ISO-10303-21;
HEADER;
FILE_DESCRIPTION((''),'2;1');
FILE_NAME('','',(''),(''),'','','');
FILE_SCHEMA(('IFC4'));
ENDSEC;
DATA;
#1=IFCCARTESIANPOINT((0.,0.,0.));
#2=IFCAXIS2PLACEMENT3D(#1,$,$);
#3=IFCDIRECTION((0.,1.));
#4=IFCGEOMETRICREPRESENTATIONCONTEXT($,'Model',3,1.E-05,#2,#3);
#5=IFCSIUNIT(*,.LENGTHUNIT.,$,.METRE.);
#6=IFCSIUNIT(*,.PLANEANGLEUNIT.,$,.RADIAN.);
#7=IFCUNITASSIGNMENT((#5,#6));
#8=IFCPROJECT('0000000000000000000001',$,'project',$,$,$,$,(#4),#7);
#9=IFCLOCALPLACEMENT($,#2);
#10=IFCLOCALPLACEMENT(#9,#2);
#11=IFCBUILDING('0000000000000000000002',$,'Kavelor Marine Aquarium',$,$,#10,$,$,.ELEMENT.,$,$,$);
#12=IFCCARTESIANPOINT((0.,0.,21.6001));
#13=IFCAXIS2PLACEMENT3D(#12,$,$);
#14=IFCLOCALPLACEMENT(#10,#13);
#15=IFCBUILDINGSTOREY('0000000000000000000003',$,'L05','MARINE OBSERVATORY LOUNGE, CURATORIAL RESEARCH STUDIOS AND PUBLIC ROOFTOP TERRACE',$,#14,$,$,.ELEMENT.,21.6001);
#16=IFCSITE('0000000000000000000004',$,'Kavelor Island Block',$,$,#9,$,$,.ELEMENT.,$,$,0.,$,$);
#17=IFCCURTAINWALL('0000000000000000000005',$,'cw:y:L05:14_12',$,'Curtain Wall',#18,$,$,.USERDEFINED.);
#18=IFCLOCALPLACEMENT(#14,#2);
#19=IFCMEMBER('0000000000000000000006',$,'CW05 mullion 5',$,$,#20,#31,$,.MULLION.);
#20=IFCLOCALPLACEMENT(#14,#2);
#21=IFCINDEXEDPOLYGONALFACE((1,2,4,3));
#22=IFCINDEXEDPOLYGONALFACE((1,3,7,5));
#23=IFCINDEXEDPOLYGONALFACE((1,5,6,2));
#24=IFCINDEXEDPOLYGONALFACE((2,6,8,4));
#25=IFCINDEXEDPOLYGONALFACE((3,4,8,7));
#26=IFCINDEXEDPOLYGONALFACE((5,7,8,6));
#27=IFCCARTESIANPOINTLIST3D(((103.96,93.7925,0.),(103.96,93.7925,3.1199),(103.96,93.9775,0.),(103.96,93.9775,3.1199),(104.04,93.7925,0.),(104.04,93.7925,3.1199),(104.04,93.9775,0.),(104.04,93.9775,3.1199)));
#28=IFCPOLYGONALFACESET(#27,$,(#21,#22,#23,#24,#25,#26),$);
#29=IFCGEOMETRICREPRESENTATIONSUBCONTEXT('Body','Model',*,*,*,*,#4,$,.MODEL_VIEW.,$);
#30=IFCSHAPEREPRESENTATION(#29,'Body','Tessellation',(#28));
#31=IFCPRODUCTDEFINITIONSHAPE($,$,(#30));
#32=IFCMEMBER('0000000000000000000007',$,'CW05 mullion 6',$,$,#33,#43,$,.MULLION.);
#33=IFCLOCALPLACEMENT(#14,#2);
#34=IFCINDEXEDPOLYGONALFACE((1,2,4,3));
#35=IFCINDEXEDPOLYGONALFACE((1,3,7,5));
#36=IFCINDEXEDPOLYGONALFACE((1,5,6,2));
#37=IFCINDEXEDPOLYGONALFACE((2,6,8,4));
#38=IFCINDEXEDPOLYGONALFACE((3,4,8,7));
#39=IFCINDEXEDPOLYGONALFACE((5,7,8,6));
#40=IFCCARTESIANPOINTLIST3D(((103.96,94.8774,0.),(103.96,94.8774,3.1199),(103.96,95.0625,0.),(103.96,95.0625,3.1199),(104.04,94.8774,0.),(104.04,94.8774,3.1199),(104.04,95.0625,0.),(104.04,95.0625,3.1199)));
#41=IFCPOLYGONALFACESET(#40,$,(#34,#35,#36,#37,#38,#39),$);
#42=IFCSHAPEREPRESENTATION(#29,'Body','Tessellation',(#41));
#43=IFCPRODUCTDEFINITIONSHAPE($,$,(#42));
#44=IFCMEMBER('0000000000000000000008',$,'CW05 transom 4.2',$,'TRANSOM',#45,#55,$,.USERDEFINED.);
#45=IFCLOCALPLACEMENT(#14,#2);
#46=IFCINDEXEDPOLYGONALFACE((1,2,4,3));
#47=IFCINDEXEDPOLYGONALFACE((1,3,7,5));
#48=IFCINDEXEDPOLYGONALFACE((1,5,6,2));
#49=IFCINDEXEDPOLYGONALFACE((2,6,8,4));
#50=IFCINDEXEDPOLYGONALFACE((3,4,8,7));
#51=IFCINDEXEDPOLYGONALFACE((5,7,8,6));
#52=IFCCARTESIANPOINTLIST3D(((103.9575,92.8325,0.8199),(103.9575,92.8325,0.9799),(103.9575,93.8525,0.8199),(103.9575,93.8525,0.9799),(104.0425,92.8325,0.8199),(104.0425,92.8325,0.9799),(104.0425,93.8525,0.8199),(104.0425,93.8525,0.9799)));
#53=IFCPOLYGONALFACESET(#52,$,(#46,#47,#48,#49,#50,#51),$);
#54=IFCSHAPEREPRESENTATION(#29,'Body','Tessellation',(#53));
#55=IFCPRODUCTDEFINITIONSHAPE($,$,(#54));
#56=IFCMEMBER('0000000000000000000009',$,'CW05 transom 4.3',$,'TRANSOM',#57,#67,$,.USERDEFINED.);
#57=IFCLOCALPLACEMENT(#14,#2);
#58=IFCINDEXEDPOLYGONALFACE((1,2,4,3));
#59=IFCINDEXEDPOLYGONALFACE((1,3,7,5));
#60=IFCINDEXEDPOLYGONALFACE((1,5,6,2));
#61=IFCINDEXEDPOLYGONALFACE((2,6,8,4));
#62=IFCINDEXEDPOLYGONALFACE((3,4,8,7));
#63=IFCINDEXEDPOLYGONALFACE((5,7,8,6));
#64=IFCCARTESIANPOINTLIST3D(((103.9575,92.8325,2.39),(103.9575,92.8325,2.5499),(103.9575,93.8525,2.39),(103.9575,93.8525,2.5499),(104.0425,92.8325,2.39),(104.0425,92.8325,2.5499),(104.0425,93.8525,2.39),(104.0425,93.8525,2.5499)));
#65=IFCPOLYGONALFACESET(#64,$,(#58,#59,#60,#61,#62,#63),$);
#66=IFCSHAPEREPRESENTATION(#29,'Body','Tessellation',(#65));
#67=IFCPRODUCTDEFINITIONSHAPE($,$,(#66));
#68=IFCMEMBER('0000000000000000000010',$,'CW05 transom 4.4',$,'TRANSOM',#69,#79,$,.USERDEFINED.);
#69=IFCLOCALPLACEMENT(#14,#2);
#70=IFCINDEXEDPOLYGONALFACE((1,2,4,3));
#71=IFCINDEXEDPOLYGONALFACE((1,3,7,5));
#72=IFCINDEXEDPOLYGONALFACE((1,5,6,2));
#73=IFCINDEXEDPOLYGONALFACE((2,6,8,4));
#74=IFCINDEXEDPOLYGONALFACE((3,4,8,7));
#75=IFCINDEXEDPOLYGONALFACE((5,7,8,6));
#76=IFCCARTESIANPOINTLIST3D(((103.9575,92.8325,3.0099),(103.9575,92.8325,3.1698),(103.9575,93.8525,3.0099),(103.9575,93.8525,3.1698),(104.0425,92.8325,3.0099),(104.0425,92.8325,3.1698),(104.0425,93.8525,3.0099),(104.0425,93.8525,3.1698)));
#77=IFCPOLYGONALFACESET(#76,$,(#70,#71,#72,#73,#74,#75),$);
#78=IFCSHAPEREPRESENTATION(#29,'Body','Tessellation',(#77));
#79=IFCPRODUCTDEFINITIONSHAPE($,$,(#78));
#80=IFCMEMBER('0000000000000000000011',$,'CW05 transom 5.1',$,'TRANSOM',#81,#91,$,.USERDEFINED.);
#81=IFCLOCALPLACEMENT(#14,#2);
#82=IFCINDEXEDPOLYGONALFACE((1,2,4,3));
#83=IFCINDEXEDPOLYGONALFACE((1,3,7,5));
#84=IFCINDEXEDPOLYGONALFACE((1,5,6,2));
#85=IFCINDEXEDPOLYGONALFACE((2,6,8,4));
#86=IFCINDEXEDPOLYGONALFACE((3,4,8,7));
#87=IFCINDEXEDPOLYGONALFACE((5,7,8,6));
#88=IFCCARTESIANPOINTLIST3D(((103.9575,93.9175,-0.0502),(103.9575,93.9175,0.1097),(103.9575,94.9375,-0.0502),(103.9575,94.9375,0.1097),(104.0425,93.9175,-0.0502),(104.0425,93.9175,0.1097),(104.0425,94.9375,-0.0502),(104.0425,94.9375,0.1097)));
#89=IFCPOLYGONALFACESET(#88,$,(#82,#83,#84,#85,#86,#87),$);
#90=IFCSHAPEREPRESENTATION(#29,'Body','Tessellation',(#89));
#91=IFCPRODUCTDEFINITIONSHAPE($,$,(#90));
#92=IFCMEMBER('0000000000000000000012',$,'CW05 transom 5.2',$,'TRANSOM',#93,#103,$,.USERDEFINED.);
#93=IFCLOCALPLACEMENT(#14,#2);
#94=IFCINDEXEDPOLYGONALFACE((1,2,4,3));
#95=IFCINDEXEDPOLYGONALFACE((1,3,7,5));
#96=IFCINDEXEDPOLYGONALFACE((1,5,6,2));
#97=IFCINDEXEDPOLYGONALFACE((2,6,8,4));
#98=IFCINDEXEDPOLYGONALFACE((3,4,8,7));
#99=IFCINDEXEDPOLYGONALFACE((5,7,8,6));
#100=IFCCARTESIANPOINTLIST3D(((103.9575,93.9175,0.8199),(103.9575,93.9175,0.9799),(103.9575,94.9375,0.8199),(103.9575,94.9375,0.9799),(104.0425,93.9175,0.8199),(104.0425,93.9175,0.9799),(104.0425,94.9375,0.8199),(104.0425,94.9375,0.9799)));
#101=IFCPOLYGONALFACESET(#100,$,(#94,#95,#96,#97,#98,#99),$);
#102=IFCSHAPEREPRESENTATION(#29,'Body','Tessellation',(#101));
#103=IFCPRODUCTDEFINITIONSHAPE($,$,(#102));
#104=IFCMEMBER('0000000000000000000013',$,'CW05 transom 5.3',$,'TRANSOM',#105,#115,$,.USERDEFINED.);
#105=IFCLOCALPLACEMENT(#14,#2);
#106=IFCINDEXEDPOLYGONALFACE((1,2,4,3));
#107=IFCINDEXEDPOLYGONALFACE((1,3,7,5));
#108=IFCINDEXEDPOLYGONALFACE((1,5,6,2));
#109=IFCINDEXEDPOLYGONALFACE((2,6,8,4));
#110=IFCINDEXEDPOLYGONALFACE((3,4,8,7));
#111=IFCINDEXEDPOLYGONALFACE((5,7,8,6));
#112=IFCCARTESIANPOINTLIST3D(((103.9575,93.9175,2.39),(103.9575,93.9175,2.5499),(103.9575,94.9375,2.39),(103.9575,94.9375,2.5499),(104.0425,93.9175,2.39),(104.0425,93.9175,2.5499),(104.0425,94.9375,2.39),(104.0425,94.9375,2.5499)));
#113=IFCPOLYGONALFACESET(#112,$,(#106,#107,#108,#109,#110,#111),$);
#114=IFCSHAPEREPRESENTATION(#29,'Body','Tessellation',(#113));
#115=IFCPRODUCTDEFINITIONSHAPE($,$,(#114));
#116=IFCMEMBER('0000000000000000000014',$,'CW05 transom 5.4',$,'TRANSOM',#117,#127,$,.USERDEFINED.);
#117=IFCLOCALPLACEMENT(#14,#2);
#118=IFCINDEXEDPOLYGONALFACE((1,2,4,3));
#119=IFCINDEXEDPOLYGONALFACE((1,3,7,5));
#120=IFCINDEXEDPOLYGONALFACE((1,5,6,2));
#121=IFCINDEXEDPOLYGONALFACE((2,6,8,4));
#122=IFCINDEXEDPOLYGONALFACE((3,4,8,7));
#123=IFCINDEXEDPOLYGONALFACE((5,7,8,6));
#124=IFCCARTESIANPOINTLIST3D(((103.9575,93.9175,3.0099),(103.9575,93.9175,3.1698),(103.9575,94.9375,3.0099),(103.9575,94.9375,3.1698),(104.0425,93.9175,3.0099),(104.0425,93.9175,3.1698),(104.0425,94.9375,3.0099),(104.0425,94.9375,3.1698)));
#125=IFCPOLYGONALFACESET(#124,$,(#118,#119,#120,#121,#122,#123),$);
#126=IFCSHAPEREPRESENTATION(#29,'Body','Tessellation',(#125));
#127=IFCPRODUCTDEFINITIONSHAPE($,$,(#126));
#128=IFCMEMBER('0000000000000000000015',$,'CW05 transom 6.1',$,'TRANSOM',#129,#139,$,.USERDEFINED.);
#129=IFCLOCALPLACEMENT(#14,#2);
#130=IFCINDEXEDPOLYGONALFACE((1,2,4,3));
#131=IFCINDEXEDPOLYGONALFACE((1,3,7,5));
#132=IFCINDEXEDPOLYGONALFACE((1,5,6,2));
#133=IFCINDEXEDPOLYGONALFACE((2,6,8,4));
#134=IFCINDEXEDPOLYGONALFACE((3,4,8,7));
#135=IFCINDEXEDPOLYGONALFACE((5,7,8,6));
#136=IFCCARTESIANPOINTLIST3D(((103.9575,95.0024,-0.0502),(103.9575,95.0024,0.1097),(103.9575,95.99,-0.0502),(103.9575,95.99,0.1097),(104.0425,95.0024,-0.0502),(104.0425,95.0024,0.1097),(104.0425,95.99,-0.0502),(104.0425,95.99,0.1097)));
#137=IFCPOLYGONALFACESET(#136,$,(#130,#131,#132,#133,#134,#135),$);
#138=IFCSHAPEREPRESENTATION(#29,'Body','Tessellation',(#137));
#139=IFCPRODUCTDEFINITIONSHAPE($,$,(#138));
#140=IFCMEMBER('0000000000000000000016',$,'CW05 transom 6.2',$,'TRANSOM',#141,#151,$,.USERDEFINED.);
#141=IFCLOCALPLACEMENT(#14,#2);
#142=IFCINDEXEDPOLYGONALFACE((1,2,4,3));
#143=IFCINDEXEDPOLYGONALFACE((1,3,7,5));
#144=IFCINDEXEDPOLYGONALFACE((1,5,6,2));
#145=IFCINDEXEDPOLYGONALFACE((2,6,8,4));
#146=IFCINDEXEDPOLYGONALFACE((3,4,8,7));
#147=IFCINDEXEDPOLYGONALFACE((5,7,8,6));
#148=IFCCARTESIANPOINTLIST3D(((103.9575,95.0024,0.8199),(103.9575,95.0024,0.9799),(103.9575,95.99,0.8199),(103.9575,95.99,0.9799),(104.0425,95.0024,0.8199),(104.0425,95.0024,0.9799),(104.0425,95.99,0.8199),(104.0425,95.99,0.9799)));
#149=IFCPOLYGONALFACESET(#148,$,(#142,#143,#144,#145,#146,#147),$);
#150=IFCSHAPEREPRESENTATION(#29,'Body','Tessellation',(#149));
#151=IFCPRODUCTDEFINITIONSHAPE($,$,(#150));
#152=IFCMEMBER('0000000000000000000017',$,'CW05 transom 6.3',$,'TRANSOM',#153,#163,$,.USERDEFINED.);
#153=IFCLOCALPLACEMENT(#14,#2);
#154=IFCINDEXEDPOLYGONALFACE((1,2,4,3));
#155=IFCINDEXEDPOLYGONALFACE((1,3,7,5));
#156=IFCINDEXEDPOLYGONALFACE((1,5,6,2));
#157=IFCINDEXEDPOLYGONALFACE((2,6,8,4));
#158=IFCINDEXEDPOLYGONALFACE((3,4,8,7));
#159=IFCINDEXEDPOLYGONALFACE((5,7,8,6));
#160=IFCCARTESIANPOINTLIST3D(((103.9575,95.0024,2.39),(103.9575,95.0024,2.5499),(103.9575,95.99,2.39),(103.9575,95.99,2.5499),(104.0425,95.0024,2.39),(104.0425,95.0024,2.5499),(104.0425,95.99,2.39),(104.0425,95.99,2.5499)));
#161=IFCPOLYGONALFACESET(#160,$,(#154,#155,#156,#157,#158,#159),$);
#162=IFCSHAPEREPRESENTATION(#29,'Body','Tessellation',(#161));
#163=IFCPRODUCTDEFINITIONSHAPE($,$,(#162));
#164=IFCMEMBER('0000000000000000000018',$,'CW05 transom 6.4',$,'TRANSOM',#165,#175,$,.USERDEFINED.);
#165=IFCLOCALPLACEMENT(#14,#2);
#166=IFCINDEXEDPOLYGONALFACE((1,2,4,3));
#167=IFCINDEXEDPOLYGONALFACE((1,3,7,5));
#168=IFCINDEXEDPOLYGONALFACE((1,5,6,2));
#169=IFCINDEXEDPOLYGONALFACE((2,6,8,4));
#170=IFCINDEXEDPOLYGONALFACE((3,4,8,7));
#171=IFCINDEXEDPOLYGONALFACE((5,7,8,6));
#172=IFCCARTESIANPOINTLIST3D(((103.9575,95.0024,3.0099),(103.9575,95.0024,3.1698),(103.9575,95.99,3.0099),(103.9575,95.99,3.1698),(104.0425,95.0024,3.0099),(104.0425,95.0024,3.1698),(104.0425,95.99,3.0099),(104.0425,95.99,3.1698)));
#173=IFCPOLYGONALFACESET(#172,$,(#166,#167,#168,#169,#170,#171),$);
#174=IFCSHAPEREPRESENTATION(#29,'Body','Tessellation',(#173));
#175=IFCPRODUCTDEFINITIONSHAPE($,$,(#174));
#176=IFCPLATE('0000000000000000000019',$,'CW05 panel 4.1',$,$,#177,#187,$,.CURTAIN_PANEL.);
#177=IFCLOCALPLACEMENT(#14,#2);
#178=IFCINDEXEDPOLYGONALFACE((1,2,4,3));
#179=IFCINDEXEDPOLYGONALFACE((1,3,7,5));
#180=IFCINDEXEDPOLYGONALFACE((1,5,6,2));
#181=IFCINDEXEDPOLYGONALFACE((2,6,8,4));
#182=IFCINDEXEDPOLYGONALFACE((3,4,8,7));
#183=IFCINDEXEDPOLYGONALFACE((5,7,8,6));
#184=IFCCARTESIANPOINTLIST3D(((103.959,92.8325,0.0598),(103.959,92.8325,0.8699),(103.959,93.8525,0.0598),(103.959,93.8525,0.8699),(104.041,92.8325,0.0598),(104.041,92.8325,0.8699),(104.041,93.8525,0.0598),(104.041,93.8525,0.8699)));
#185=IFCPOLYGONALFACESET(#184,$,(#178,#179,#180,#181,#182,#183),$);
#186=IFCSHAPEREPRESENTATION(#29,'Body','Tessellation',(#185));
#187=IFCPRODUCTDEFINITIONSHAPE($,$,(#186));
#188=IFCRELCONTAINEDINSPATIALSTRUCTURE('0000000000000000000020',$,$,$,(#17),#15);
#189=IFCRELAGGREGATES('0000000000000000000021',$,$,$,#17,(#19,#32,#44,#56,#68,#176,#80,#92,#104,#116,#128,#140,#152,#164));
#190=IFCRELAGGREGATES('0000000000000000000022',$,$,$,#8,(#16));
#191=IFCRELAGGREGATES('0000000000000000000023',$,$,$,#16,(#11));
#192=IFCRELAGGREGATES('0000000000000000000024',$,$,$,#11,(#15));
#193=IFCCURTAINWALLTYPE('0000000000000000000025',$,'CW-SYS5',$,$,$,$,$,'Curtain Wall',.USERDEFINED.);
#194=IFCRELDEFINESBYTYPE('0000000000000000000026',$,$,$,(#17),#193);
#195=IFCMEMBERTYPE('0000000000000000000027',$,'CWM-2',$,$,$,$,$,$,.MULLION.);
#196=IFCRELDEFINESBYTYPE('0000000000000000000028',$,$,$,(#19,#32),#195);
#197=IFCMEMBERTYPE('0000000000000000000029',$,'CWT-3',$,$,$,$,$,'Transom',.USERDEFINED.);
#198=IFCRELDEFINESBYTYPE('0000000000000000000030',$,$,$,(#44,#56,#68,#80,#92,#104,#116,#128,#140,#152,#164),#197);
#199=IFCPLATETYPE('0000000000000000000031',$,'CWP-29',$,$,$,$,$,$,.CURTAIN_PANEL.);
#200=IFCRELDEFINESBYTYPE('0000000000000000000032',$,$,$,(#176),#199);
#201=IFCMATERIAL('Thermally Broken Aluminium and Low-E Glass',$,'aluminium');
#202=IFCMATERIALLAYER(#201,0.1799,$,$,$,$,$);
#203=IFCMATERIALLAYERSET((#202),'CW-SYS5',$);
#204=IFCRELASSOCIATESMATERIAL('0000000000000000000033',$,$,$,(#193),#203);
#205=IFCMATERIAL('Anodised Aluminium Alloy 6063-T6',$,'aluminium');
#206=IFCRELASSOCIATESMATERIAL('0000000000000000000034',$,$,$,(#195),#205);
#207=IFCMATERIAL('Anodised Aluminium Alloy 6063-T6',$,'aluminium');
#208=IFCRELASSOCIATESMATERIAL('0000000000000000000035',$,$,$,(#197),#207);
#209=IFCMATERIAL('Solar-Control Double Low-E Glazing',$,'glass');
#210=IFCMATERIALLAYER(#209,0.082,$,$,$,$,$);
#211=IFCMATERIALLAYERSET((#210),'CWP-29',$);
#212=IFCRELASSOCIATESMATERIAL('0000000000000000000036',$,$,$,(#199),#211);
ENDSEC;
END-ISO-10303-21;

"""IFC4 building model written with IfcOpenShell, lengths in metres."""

from ifc_helpers import new_model, si_unit, direction, frame, origin, origin_2d, place, context, subcontext, project, spatial, rectangle, extrude, material, layer, layer_set, material_profile, profile_set, type_object, element, aggregate, save


model = new_model("IFC4")

# Units and contexts
model_context = context("Model", 3, precision=1e-05, world=origin(), true_north=direction((0.0, 1.0)))
body_context = subcontext(model_context, "Body", "Model", "MODEL_VIEW")
ifc_project = project(units=[si_unit("LENGTHUNIT", "METRE"), si_unit("PLANEANGLEUNIT", "RADIAN")], contexts=[model_context])

# Site, building, storey
site_placement = place(None, origin())
site = spatial("IfcSite", under=ifc_project, at=site_placement, Name="Kavelor Island Block", CompositionType="ELEMENT", RefElevation=0.0)
building_placement = place(site_placement, origin())
building = spatial("IfcBuilding", under=site, at=building_placement, Name="Kavelor Marine Aquarium", CompositionType="ELEMENT")
storey_placement = place(building_placement, frame((0.0, 0.0, 21.6001)))
storey = spatial("IfcBuildingStorey", under=building, at=storey_placement, Name="L05", Description="MARINE OBSERVATORY LOUNGE, CURATORIAL RESEARCH STUDIOS AND PUBLIC ROOFTOP TERRACE", CompositionType="ELEMENT", Elevation=21.6001)

# Curtain wall, members, plate
ifc_material_1 = material(Name="Thermally Broken Aluminium and Low-E Glass", Category="aluminium")
ifc_layer_1 = layer(ifc_material_1, 0.1799)
ifc_layer_set_1 = layer_set([ifc_layer_1], Name="CW-SYS5")
curtain_wall_type = type_object("IfcCurtainWallType", Name="CW-SYS5", ElementType="Curtain Wall", PredefinedType="USERDEFINED", material=ifc_layer_set_1)
curtain_wall_placement = place(storey_placement, origin())
curtain_wall = element("IfcCurtainWall", 1, at=curtain_wall_placement, inside=storey, type_object=curtain_wall_type, Name="cw:y:L05:14_12", ObjectType="Curtain Wall", PredefinedType="USERDEFINED")
ifc_material_2 = material(Name="Anodised Aluminium Alloy 6063-T6", Category="aluminium")
ifc_material_profile_1 = material_profile(ifc_material_2, rectangle(XDim=0.0801, YDim=0.1851, at=origin_2d()), Name="CW-MUL 80x185")
ifc_profile_set_1 = profile_set([ifc_material_profile_1], Name="Anodised Aluminium Alloy 6063-T6")
member_type_1 = type_object("IfcMemberType", Name="CWM-2", PredefinedType="MULLION", material=ifc_profile_set_1)
member_1_placement = place(storey_placement, frame((104.0, 93.885, 0.0), z_axis=(0.0, 0.0, 1.0), x_axis=(-1.0, 0.0, 0.0)))
member_1 = element("IfcMember", 2, at=member_1_placement, type_object=member_type_1, Name="CW05 mullion 5", PredefinedType="MULLION", context=body_context, shape_type="SweptSolid", body=[
    extrude(rectangle(XDim=0.0801, YDim=0.1851, at=origin_2d()), origin(), (0.0, 0.0, 1.0), 3.1199),
])
member_2_placement = place(storey_placement, frame((104.0, 94.97, 0.0), z_axis=(0.0, 0.0, 1.0), x_axis=(-1.0, 0.0, 0.0)))
member_2 = element("IfcMember", 3, at=member_2_placement, type_object=member_type_1, Name="CW05 mullion 6", PredefinedType="MULLION", context=body_context, shape_type="SweptSolid", body=[
    extrude(rectangle(XDim=0.0801, YDim=0.1851, at=origin_2d()), origin(), (0.0, 0.0, 1.0), 3.1199),
])
ifc_material_3 = material(Name="Anodised Aluminium Alloy 6063-T6", Category="aluminium")
ifc_material_profile_2 = material_profile(ifc_material_3, rectangle(XDim=0.085, YDim=0.1599, at=origin_2d()), Name="CW-TRN 85x160")
ifc_profile_set_2 = profile_set([ifc_material_profile_2], Name="Anodised Aluminium Alloy 6063-T6")
member_type_2 = type_object("IfcMemberType", Name="CWT-3", ElementType="Transom", PredefinedType="USERDEFINED", material=ifc_profile_set_2)
member_3_placement = place(storey_placement, frame((104.0, 92.8325, 0.8999), z_axis=(0.0, 1.0, 0.0), x_axis=(-1.0, 0.0, 0.0)))
member_3 = element("IfcMember", 4, at=member_3_placement, type_object=member_type_2, Name="CW05 transom 4.2", ObjectType="TRANSOM", PredefinedType="USERDEFINED", context=body_context, shape_type="SweptSolid", body=[
    extrude(rectangle(XDim=0.085, YDim=0.1599, at=origin_2d()), origin(), (0.0, 0.0, 1.0), 1.02),
])
member_4_placement = place(storey_placement, frame((104.0, 92.8325, 2.47), z_axis=(0.0, 1.0, 0.0), x_axis=(-1.0, 0.0, 0.0)))
member_4 = element("IfcMember", 5, at=member_4_placement, type_object=member_type_2, Name="CW05 transom 4.3", ObjectType="TRANSOM", PredefinedType="USERDEFINED", context=body_context, shape_type="SweptSolid", body=[
    extrude(rectangle(XDim=0.085, YDim=0.1599, at=origin_2d()), origin(), (0.0, 0.0, 1.0), 1.02),
])
member_5_placement = place(storey_placement, frame((104.0, 92.8325, 3.0898), z_axis=(0.0, 1.0, 0.0), x_axis=(-1.0, 0.0, 0.0)))
member_5 = element("IfcMember", 6, at=member_5_placement, type_object=member_type_2, Name="CW05 transom 4.4", ObjectType="TRANSOM", PredefinedType="USERDEFINED", context=body_context, shape_type="SweptSolid", body=[
    extrude(rectangle(XDim=0.085, YDim=0.1599, at=origin_2d()), origin(), (0.0, 0.0, 1.0), 1.02),
])
member_6_placement = place(storey_placement, frame((104.0, 93.9175, 0.0298), z_axis=(0.0, 1.0, 0.0), x_axis=(-1.0, 0.0, 0.0)))
member_6 = element("IfcMember", 7, at=member_6_placement, type_object=member_type_2, Name="CW05 transom 5.1", ObjectType="TRANSOM", PredefinedType="USERDEFINED", context=body_context, shape_type="SweptSolid", body=[
    extrude(rectangle(XDim=0.085, YDim=0.1599, at=origin_2d()), origin(), (0.0, 0.0, 1.0), 1.02),
])
member_7_placement = place(storey_placement, frame((104.0, 93.9175, 0.8999), z_axis=(0.0, 1.0, 0.0), x_axis=(-1.0, 0.0, 0.0)))
member_7 = element("IfcMember", 8, at=member_7_placement, type_object=member_type_2, Name="CW05 transom 5.2", ObjectType="TRANSOM", PredefinedType="USERDEFINED", context=body_context, shape_type="SweptSolid", body=[
    extrude(rectangle(XDim=0.085, YDim=0.1599, at=origin_2d()), origin(), (0.0, 0.0, 1.0), 1.02),
])
member_8_placement = place(storey_placement, frame((104.0, 93.9175, 2.47), z_axis=(0.0, 1.0, 0.0), x_axis=(-1.0, 0.0, 0.0)))
member_8 = element("IfcMember", 9, at=member_8_placement, type_object=member_type_2, Name="CW05 transom 5.3", ObjectType="TRANSOM", PredefinedType="USERDEFINED", context=body_context, shape_type="SweptSolid", body=[
    extrude(rectangle(XDim=0.085, YDim=0.1599, at=origin_2d()), origin(), (0.0, 0.0, 1.0), 1.02),
])
member_9_placement = place(storey_placement, frame((104.0, 93.9175, 3.0898), z_axis=(0.0, 1.0, 0.0), x_axis=(-1.0, 0.0, 0.0)))
member_9 = element("IfcMember", 10, at=member_9_placement, type_object=member_type_2, Name="CW05 transom 5.4", ObjectType="TRANSOM", PredefinedType="USERDEFINED", context=body_context, shape_type="SweptSolid", body=[
    extrude(rectangle(XDim=0.085, YDim=0.1599, at=origin_2d()), origin(), (0.0, 0.0, 1.0), 1.02),
])
member_10_placement = place(storey_placement, frame((104.0, 95.0024, 0.0298), z_axis=(0.0, 1.0, 0.0), x_axis=(-1.0, 0.0, 0.0)))
member_10 = element("IfcMember", 11, at=member_10_placement, type_object=member_type_2, Name="CW05 transom 6.1", ObjectType="TRANSOM", PredefinedType="USERDEFINED", context=body_context, shape_type="SweptSolid", body=[
    extrude(rectangle(XDim=0.085, YDim=0.1599, at=origin_2d()), origin(), (0.0, 0.0, 1.0), 0.9875),
])
member_11_placement = place(storey_placement, frame((104.0, 95.0024, 0.8999), z_axis=(0.0, 1.0, 0.0), x_axis=(-1.0, 0.0, 0.0)))
member_11 = element("IfcMember", 12, at=member_11_placement, type_object=member_type_2, Name="CW05 transom 6.2", ObjectType="TRANSOM", PredefinedType="USERDEFINED", context=body_context, shape_type="SweptSolid", body=[
    extrude(rectangle(XDim=0.085, YDim=0.1599, at=origin_2d()), origin(), (0.0, 0.0, 1.0), 0.9875),
])
member_12_placement = place(storey_placement, frame((104.0, 95.0024, 2.47), z_axis=(0.0, 1.0, 0.0), x_axis=(-1.0, 0.0, 0.0)))
member_12 = element("IfcMember", 13, at=member_12_placement, type_object=member_type_2, Name="CW05 transom 6.3", ObjectType="TRANSOM", PredefinedType="USERDEFINED", context=body_context, shape_type="SweptSolid", body=[
    extrude(rectangle(XDim=0.085, YDim=0.1599, at=origin_2d()), origin(), (0.0, 0.0, 1.0), 0.9875),
])
member_13_placement = place(storey_placement, frame((104.0, 95.0024, 3.0898), z_axis=(0.0, 1.0, 0.0), x_axis=(-1.0, 0.0, 0.0)))
member_13 = element("IfcMember", 14, at=member_13_placement, type_object=member_type_2, Name="CW05 transom 6.4", ObjectType="TRANSOM", PredefinedType="USERDEFINED", context=body_context, shape_type="SweptSolid", body=[
    extrude(rectangle(XDim=0.085, YDim=0.1599, at=origin_2d()), origin(), (0.0, 0.0, 1.0), 0.9875),
])
ifc_material_4 = material(Name="Solar-Control Double Low-E Glazing", Category="glass")
ifc_layer_2 = layer(ifc_material_4, 0.082)
ifc_layer_set_2 = layer_set([ifc_layer_2], Name="CWP-29")
plate_type = type_object("IfcPlateType", Name="CWP-29", PredefinedType="CURTAIN_PANEL", material=ifc_layer_set_2)
plate_1_placement = place(storey_placement, frame((104.0, 93.3425, 0.0598), z_axis=(0.0, 0.0, 1.0), x_axis=(0.0, 1.0, 0.0)))
plate_1 = element("IfcPlate", 15, at=plate_1_placement, type_object=plate_type, Name="CW05 panel 4.1", PredefinedType="CURTAIN_PANEL", context=body_context, shape_type="SweptSolid", body=[
    extrude(rectangle(XDim=1.02, YDim=0.082, at=origin_2d()), origin(), (0.0, 0.0, 1.0), 0.8101),
])
aggregate(curtain_wall, [member_1, member_2, member_3, member_4, member_5, plate_1, member_6, member_7, member_8, member_9, member_10, member_11, member_12, member_13])

save(model, "model.ifc")
